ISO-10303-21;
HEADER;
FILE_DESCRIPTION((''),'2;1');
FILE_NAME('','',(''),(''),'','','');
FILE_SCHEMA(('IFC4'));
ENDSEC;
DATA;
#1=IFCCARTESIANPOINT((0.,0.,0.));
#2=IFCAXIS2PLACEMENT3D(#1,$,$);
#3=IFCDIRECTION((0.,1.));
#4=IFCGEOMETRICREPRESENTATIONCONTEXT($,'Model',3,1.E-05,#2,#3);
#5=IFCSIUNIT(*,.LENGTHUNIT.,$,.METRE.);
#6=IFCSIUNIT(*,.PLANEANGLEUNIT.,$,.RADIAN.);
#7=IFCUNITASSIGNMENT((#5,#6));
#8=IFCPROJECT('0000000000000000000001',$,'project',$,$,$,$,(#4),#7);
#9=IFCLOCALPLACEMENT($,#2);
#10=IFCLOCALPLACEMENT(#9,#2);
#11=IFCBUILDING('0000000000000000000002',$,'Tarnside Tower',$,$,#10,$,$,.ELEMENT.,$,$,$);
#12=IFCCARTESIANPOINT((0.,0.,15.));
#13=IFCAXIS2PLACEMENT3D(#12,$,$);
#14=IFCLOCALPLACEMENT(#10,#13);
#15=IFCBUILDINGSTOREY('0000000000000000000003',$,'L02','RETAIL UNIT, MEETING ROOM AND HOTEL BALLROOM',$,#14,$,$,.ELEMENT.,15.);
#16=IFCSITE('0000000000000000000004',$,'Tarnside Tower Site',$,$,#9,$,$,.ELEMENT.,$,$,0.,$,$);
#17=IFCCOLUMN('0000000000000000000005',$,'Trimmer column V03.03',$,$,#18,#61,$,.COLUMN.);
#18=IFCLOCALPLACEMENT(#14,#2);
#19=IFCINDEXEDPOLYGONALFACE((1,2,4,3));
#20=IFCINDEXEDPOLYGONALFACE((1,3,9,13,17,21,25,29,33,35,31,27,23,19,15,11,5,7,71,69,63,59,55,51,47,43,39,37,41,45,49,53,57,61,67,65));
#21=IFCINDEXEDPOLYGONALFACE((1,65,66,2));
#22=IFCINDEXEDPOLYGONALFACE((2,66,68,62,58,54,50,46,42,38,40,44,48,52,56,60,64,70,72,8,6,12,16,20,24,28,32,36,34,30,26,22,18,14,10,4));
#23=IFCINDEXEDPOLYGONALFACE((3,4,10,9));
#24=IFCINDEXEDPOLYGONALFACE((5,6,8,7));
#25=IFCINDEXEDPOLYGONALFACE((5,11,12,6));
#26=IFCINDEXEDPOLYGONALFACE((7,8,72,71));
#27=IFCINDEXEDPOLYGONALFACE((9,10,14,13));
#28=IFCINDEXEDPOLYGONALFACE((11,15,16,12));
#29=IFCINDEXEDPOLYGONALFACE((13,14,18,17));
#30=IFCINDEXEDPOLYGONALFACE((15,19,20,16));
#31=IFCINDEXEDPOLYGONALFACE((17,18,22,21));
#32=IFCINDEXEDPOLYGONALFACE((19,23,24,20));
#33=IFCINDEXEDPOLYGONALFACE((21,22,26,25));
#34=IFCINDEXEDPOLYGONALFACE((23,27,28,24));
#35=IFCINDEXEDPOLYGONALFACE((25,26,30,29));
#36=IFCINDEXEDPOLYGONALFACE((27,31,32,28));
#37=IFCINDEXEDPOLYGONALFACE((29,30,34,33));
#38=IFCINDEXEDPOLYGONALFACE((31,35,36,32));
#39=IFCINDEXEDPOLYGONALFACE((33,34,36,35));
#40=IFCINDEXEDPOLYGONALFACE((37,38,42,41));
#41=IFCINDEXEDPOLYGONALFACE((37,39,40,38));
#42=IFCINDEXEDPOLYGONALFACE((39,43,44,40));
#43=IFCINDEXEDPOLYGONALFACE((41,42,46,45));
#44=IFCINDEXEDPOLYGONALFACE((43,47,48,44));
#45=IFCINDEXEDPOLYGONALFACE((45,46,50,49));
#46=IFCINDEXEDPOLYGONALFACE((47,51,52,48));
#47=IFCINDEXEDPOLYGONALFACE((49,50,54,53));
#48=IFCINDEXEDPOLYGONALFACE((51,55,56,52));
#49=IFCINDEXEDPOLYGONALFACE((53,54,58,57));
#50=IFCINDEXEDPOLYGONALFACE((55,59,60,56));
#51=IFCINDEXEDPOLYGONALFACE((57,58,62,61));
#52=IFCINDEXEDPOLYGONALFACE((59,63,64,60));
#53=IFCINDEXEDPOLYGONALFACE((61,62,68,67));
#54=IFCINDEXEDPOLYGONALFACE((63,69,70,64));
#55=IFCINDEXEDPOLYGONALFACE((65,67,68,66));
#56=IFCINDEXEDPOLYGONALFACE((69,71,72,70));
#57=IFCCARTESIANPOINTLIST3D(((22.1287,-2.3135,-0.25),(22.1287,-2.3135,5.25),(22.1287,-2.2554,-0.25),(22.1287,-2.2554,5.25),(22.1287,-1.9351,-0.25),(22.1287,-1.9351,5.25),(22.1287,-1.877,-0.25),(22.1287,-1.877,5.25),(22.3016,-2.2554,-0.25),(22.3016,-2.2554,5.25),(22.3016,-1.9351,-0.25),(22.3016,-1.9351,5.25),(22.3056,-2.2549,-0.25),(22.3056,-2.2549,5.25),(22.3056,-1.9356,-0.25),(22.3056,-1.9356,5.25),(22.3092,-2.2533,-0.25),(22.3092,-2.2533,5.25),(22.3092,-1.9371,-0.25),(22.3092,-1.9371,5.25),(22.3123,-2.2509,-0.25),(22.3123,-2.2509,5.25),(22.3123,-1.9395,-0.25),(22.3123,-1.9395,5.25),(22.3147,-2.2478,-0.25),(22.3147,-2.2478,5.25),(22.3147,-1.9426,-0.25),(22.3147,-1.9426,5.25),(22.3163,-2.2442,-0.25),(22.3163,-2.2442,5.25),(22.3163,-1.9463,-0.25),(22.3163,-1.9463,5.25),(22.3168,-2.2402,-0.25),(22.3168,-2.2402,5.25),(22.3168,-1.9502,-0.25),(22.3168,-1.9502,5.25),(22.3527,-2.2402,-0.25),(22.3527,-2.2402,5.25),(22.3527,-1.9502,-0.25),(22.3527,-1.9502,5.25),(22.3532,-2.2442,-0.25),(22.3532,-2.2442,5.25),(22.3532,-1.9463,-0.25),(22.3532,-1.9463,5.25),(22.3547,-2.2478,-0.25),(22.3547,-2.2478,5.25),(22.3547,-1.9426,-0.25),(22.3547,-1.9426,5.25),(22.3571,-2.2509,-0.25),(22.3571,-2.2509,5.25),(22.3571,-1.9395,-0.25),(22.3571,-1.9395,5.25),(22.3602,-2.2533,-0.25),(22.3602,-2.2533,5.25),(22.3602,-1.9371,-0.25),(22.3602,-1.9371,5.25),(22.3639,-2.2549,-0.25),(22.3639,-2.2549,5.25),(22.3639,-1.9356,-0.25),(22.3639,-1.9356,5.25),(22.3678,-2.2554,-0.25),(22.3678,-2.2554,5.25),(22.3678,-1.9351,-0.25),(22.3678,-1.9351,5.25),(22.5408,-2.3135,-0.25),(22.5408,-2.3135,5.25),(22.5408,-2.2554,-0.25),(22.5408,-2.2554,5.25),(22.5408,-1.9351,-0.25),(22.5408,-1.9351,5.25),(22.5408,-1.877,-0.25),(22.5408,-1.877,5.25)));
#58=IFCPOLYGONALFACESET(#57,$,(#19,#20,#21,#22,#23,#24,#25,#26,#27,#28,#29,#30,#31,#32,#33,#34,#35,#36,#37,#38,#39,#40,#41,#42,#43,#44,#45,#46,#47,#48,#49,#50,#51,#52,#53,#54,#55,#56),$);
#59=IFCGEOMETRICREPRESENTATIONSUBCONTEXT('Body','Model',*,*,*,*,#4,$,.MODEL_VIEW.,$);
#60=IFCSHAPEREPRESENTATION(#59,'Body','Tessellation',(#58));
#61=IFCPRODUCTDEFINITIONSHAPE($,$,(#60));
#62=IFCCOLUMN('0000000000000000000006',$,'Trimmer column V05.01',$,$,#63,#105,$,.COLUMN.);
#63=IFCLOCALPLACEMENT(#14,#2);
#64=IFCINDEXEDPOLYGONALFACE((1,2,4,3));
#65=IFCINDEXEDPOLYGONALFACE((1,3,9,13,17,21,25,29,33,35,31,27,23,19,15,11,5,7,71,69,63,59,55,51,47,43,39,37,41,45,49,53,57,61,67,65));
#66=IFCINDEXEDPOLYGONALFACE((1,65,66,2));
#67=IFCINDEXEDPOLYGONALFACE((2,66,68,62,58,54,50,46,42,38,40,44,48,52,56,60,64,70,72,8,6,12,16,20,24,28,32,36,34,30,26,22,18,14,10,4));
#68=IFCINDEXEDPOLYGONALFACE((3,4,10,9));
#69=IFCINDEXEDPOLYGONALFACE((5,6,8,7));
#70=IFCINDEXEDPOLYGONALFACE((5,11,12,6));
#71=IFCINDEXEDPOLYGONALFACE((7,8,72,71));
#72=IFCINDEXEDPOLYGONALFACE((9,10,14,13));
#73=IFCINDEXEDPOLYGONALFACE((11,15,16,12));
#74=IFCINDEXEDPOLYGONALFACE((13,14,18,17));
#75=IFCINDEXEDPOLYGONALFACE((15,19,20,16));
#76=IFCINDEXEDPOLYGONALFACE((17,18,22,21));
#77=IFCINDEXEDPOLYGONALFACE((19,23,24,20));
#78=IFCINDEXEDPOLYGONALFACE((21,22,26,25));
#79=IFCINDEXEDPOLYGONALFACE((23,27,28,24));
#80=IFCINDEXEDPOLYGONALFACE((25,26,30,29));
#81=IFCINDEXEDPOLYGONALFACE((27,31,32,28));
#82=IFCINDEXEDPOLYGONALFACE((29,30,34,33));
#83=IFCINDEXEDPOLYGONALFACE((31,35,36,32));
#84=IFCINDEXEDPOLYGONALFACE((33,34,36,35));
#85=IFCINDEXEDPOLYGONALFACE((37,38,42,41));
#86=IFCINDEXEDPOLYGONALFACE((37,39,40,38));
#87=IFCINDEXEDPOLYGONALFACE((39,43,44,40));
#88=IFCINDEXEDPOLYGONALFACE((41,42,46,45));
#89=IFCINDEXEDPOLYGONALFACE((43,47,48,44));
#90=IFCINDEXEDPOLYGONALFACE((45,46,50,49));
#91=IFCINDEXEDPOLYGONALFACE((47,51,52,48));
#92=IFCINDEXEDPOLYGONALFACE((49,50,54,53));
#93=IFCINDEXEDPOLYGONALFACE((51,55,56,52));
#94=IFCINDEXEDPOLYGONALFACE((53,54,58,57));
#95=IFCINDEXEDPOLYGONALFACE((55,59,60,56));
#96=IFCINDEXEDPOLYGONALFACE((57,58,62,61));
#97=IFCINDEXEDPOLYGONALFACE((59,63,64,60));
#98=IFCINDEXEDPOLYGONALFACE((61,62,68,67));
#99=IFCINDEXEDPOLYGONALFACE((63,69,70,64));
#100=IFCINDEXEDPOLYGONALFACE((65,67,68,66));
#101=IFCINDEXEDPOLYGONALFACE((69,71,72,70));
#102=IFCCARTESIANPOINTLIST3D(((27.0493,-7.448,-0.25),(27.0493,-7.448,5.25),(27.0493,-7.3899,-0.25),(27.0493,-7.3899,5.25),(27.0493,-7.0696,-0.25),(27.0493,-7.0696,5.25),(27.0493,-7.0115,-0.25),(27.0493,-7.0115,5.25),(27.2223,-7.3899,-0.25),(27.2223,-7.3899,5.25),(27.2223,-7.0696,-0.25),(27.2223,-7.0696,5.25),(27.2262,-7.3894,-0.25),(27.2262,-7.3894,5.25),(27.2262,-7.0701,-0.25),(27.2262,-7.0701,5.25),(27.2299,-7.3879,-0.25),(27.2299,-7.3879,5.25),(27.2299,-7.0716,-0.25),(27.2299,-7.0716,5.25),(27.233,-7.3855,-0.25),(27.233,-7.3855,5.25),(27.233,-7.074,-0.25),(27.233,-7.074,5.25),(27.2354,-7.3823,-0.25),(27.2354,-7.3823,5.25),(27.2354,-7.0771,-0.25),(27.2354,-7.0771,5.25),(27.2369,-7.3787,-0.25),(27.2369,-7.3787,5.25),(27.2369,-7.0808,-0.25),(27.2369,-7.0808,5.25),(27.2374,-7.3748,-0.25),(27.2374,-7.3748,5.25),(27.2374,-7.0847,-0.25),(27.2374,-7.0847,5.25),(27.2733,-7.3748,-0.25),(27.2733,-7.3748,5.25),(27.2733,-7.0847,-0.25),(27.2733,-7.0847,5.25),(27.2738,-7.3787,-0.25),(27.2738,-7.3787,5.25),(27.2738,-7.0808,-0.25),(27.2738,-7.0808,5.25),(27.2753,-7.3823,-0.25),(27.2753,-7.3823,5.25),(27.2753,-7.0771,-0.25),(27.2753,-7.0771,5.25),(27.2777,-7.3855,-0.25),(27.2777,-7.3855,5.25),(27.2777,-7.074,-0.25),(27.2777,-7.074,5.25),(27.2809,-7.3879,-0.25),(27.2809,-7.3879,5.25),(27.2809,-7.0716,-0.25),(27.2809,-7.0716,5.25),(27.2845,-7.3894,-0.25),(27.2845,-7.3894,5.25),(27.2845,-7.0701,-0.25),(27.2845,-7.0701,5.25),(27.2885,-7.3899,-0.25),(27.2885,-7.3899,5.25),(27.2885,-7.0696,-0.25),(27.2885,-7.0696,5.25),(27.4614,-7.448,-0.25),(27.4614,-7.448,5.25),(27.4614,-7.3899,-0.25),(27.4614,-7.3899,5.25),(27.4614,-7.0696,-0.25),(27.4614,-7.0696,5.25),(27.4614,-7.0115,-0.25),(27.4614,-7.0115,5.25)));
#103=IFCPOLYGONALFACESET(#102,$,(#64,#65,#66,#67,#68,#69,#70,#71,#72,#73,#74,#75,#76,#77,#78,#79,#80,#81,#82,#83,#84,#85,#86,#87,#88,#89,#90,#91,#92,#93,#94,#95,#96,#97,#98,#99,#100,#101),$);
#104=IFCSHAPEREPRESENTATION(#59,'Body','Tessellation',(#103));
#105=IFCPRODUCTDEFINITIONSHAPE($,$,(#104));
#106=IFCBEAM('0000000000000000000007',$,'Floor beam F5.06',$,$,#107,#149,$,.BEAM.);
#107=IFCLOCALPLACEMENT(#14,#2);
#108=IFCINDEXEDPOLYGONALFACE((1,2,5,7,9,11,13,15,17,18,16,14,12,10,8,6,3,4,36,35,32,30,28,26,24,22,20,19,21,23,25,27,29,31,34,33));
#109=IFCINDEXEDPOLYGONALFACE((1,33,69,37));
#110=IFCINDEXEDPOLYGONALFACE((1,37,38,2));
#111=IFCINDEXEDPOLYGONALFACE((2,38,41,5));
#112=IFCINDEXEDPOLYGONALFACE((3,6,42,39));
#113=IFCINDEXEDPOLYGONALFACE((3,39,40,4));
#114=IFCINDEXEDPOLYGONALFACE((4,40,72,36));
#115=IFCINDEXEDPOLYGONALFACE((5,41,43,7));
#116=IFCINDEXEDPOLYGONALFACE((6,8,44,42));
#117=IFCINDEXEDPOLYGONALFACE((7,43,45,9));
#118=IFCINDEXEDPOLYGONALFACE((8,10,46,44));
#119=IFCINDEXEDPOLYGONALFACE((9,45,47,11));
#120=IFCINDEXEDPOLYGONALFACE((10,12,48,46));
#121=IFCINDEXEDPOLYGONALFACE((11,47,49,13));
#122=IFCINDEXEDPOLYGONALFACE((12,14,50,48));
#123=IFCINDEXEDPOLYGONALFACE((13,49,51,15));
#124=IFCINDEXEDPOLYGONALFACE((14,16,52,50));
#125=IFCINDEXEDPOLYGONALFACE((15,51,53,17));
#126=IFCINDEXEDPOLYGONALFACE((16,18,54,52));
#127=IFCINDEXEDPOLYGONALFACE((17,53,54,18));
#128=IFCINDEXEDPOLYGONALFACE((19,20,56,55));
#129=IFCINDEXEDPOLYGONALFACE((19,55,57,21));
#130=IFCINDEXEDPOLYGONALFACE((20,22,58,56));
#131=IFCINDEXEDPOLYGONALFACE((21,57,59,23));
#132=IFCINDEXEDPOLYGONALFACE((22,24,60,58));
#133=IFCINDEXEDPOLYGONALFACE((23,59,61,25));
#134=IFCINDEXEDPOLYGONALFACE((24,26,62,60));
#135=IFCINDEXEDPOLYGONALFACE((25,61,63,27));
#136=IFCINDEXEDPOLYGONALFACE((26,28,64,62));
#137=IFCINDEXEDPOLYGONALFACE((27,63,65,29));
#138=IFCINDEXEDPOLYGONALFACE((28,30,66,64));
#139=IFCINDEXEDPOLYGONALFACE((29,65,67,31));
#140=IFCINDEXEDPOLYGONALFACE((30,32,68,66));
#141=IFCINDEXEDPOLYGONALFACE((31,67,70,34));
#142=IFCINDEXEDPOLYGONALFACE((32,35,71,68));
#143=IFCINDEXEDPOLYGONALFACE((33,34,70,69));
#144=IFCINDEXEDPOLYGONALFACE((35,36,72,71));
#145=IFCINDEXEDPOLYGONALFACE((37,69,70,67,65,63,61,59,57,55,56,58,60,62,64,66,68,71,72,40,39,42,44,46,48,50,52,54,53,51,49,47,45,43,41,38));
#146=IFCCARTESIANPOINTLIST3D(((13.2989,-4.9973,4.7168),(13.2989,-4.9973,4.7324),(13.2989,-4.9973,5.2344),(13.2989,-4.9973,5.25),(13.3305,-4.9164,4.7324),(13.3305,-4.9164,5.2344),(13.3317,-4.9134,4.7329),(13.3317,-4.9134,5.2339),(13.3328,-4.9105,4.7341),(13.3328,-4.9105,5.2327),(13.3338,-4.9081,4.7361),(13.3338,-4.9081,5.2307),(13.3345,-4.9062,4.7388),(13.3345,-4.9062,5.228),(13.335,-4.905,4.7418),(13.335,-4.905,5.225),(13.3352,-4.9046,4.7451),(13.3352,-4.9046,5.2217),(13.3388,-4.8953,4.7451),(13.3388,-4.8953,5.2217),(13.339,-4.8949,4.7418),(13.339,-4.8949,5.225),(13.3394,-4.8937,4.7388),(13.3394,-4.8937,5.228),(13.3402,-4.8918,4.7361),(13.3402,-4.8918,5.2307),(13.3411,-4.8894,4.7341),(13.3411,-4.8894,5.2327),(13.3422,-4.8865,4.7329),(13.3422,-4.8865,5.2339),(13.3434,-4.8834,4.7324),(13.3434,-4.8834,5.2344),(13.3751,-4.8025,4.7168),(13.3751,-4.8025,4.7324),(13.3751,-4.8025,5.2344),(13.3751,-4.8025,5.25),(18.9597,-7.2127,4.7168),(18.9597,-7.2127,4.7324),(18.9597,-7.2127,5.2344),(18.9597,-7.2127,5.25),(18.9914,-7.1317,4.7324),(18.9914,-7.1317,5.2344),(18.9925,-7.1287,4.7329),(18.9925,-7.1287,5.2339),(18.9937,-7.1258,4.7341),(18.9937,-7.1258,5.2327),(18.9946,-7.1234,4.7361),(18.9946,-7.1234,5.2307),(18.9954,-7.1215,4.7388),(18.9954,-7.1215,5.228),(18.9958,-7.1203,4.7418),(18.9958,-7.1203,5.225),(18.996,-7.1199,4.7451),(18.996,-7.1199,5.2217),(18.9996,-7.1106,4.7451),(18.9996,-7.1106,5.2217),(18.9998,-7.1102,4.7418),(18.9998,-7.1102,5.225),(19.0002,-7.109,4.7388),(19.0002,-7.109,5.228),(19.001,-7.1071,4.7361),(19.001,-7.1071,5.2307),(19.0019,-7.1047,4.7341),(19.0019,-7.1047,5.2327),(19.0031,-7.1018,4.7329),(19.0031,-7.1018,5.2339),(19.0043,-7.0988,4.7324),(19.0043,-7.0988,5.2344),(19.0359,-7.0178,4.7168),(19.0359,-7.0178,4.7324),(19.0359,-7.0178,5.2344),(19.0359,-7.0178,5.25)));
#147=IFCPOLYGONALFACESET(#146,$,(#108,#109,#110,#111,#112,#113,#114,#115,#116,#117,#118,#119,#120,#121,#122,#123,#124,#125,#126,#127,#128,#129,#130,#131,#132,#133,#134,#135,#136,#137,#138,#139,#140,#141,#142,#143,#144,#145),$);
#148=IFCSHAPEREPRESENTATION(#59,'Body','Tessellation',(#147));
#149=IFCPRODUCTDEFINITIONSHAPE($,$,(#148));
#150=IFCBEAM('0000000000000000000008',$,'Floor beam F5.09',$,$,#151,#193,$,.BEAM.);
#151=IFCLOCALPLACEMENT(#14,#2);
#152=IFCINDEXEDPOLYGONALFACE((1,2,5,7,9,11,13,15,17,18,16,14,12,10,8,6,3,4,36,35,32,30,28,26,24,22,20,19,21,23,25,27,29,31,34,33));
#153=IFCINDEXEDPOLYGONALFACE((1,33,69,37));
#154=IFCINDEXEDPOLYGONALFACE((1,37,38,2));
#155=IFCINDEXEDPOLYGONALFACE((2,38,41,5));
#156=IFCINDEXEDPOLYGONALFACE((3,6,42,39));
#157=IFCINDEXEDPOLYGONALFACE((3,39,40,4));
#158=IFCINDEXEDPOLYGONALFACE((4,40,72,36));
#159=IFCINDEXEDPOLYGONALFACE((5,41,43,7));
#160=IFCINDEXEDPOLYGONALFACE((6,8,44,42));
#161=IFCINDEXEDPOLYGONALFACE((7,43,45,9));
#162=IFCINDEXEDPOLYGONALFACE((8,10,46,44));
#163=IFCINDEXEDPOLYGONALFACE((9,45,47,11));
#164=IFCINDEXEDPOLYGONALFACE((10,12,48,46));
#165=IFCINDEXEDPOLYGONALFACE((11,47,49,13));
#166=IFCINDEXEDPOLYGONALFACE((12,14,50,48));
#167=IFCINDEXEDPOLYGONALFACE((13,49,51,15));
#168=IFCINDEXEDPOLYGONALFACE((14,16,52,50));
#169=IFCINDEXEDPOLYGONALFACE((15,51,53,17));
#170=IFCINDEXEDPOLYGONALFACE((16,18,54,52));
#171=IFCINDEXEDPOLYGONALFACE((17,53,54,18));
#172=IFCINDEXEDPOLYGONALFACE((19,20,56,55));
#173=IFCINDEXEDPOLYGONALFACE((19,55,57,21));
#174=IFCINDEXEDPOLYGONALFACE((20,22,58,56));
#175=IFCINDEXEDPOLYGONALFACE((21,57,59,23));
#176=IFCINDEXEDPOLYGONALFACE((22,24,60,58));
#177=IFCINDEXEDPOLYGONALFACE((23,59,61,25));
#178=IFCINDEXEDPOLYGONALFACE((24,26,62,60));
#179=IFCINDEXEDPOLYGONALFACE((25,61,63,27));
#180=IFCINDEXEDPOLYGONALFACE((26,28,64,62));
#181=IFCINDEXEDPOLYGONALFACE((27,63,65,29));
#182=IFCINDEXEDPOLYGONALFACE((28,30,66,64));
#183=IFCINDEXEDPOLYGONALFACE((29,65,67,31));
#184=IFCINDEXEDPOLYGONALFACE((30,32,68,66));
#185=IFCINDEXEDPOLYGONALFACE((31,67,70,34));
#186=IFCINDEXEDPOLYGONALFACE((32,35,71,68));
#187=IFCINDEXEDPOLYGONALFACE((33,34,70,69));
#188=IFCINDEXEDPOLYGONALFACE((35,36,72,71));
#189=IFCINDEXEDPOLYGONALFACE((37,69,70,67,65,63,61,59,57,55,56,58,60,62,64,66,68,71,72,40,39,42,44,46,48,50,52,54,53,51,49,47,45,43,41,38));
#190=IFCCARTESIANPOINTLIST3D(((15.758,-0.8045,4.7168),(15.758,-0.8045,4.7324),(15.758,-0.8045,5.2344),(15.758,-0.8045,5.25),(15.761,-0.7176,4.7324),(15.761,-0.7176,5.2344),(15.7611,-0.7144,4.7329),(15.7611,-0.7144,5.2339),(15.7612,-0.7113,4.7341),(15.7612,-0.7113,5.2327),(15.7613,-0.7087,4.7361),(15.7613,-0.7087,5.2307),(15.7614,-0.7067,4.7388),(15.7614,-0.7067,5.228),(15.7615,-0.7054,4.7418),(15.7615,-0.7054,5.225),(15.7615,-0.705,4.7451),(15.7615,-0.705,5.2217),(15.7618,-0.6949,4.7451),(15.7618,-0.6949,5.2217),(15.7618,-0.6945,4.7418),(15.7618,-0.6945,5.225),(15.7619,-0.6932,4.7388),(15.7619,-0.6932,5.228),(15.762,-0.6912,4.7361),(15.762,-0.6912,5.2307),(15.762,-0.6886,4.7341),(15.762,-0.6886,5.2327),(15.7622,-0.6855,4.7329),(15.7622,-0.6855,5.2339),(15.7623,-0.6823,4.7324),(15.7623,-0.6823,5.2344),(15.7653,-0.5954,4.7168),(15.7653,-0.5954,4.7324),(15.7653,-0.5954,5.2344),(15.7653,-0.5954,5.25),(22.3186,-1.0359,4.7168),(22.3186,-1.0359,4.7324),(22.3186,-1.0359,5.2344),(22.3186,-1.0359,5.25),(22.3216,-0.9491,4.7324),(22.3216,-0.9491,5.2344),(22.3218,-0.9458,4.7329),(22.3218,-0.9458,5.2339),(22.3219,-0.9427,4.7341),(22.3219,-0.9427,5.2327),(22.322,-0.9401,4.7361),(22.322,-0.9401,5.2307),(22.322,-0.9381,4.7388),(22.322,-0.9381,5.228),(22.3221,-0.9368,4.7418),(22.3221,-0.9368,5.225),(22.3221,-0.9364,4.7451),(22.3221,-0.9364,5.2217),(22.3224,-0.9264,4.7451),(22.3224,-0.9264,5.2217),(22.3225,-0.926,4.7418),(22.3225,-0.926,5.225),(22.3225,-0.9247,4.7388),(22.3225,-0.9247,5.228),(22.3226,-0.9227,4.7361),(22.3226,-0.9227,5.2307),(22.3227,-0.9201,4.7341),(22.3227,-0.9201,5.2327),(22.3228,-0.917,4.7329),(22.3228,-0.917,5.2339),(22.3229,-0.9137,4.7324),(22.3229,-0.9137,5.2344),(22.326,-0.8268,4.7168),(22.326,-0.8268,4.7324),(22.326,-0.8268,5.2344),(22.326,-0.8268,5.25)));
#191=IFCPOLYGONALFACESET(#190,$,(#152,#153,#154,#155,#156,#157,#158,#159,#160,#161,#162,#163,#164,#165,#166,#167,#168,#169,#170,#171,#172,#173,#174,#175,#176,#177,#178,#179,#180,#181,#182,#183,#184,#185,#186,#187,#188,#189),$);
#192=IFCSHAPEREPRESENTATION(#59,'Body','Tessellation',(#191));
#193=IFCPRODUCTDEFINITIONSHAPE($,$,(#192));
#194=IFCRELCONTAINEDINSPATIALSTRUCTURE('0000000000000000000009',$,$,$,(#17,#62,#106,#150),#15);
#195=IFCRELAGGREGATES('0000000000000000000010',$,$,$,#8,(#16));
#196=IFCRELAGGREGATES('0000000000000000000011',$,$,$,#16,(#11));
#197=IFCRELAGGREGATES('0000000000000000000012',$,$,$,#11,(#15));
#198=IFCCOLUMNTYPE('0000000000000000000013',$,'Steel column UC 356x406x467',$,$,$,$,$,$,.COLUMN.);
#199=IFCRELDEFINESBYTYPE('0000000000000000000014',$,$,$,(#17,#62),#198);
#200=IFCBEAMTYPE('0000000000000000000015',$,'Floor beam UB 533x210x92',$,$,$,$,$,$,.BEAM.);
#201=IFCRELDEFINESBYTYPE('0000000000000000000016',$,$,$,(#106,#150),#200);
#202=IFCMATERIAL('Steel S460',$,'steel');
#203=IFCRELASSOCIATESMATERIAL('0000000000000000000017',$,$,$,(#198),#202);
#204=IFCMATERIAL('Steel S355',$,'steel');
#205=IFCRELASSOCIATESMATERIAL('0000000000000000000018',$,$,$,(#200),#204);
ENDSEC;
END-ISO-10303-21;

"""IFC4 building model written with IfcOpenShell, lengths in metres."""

from ifc_helpers import new_model, si_unit, direction, frame, origin, origin_2d, place, context, subcontext, project, spatial, i_section, extrude, material, material_profile, profile_set, type_object, element, save


model = new_model("IFC4")

# Units and contexts
model_context = context("Model", 3, precision=1e-05, world=origin(), true_north=direction((0.0, 1.0)))
body_context = subcontext(model_context, "Body", "Model", "MODEL_VIEW")
ifc_project = project(units=[si_unit("LENGTHUNIT", "METRE"), si_unit("PLANEANGLEUNIT", "RADIAN")], contexts=[model_context])

# Site, building, storey
site_placement = place(None, origin())
site = spatial("IfcSite", under=ifc_project, at=site_placement, Name="Tarnside Tower Site", CompositionType="ELEMENT", RefElevation=0.0)
building_placement = place(site_placement, origin())
building = spatial("IfcBuilding", under=site, at=building_placement, Name="Tarnside Tower", CompositionType="ELEMENT")
storey_placement = place(building_placement, frame((0.0, 0.0, 15.0)))
storey = spatial("IfcBuildingStorey", under=building, at=storey_placement, Name="L02", Description="RETAIL UNIT, MEETING ROOM AND HOTEL BALLROOM", CompositionType="ELEMENT", Elevation=15.0)

# Columns
ifc_material_1 = material(Name="Steel S460", Category="steel")
ifc_material_profile_1 = material_profile(ifc_material_1, i_section(OverallWidth=0.4121, OverallDepth=0.4365, WebThickness=0.0359, FlangeThickness=0.0581, FilletRadius=0.0151, at=origin_2d()), Name="UC 356x406x467")
ifc_profile_set_1 = profile_set([ifc_material_profile_1], Name="Steel S460")
column_type = type_object("IfcColumnType", Name="Steel column UC 356x406x467", PredefinedType="COLUMN", material=ifc_profile_set_1)
for number, where, z_axis, x_axis, name in (
    (1, (22.3347, -2.0952, -0.25), (0.0, 0.0, 1.0), (1.0, 0.0, 0.0), "Trimmer column V03.03"),
    (2, (27.2554, -7.2297, -0.25), (0.0, 0.0, 1.0), (1.0, 0.0, 0.0), "Trimmer column V05.01"),
):
    element("IfcColumn", number, at=place(storey_placement, frame(where, z_axis=z_axis, x_axis=x_axis)), inside=storey, type_object=column_type, Name=name, PredefinedType="COLUMN", context=body_context, shape_type="SweptSolid", body=[
        extrude(i_section(OverallWidth=0.4121, OverallDepth=0.4365, WebThickness=0.0359, FlangeThickness=0.0581, FilletRadius=0.0151, at=origin_2d()), origin(), (0.0, 0.0, 1.0), 5.5),
    ])

# Beams
ifc_material_2 = material(Name="Steel S355", Category="steel")
ifc_material_profile_2 = material_profile(ifc_material_2, i_section(OverallWidth=0.2092, OverallDepth=0.5332, WebThickness=0.01, FlangeThickness=0.0156, FilletRadius=0.0127, at=origin_2d()), Name="UB 533x210x92")
ifc_profile_set_2 = profile_set([ifc_material_profile_2], Name="Steel S355")
beam_type_1 = type_object("IfcBeamType", Name="Floor beam UB 533x210x92", PredefinedType="BEAM", material=ifc_profile_set_2)
beam_1_placement = place(storey_placement, frame((18.9978, -7.1152, 4.9834), z_axis=(-0.931232, 0.364428, 0.0), x_axis=(-0.364428, -0.931232, 0.0)))
element("IfcBeam", 3, at=beam_1_placement, inside=storey, type_object=beam_type_1, Name="Floor beam F5.06", PredefinedType="BEAM", context=body_context, shape_type="SweptSolid", body=[
    extrude(i_section(OverallWidth=0.2092, OverallDepth=0.5332, WebThickness=0.01, FlangeThickness=0.0156, FilletRadius=0.0127, at=origin_2d()), origin(), (0.0, 0.0, 1.0), 6.0789),
])
beam_2_placement = place(storey_placement, frame((22.3223, -0.9314, 4.9834), z_axis=(-0.999378, 0.035256, 0.0), x_axis=(-0.035256, -0.999378, 0.0)))
element("IfcBeam", 4, at=beam_2_placement, inside=storey, type_object=beam_type_1, Name="Floor beam F5.09", PredefinedType="BEAM", context=body_context, shape_type="SweptSolid", body=[
    extrude(i_section(OverallWidth=0.2092, OverallDepth=0.5332, WebThickness=0.01, FlangeThickness=0.0156, FilletRadius=0.0127, at=origin_2d()), origin(), (0.0, 0.0, 1.0), 6.5647),
])

save(model, "model.ifc")
